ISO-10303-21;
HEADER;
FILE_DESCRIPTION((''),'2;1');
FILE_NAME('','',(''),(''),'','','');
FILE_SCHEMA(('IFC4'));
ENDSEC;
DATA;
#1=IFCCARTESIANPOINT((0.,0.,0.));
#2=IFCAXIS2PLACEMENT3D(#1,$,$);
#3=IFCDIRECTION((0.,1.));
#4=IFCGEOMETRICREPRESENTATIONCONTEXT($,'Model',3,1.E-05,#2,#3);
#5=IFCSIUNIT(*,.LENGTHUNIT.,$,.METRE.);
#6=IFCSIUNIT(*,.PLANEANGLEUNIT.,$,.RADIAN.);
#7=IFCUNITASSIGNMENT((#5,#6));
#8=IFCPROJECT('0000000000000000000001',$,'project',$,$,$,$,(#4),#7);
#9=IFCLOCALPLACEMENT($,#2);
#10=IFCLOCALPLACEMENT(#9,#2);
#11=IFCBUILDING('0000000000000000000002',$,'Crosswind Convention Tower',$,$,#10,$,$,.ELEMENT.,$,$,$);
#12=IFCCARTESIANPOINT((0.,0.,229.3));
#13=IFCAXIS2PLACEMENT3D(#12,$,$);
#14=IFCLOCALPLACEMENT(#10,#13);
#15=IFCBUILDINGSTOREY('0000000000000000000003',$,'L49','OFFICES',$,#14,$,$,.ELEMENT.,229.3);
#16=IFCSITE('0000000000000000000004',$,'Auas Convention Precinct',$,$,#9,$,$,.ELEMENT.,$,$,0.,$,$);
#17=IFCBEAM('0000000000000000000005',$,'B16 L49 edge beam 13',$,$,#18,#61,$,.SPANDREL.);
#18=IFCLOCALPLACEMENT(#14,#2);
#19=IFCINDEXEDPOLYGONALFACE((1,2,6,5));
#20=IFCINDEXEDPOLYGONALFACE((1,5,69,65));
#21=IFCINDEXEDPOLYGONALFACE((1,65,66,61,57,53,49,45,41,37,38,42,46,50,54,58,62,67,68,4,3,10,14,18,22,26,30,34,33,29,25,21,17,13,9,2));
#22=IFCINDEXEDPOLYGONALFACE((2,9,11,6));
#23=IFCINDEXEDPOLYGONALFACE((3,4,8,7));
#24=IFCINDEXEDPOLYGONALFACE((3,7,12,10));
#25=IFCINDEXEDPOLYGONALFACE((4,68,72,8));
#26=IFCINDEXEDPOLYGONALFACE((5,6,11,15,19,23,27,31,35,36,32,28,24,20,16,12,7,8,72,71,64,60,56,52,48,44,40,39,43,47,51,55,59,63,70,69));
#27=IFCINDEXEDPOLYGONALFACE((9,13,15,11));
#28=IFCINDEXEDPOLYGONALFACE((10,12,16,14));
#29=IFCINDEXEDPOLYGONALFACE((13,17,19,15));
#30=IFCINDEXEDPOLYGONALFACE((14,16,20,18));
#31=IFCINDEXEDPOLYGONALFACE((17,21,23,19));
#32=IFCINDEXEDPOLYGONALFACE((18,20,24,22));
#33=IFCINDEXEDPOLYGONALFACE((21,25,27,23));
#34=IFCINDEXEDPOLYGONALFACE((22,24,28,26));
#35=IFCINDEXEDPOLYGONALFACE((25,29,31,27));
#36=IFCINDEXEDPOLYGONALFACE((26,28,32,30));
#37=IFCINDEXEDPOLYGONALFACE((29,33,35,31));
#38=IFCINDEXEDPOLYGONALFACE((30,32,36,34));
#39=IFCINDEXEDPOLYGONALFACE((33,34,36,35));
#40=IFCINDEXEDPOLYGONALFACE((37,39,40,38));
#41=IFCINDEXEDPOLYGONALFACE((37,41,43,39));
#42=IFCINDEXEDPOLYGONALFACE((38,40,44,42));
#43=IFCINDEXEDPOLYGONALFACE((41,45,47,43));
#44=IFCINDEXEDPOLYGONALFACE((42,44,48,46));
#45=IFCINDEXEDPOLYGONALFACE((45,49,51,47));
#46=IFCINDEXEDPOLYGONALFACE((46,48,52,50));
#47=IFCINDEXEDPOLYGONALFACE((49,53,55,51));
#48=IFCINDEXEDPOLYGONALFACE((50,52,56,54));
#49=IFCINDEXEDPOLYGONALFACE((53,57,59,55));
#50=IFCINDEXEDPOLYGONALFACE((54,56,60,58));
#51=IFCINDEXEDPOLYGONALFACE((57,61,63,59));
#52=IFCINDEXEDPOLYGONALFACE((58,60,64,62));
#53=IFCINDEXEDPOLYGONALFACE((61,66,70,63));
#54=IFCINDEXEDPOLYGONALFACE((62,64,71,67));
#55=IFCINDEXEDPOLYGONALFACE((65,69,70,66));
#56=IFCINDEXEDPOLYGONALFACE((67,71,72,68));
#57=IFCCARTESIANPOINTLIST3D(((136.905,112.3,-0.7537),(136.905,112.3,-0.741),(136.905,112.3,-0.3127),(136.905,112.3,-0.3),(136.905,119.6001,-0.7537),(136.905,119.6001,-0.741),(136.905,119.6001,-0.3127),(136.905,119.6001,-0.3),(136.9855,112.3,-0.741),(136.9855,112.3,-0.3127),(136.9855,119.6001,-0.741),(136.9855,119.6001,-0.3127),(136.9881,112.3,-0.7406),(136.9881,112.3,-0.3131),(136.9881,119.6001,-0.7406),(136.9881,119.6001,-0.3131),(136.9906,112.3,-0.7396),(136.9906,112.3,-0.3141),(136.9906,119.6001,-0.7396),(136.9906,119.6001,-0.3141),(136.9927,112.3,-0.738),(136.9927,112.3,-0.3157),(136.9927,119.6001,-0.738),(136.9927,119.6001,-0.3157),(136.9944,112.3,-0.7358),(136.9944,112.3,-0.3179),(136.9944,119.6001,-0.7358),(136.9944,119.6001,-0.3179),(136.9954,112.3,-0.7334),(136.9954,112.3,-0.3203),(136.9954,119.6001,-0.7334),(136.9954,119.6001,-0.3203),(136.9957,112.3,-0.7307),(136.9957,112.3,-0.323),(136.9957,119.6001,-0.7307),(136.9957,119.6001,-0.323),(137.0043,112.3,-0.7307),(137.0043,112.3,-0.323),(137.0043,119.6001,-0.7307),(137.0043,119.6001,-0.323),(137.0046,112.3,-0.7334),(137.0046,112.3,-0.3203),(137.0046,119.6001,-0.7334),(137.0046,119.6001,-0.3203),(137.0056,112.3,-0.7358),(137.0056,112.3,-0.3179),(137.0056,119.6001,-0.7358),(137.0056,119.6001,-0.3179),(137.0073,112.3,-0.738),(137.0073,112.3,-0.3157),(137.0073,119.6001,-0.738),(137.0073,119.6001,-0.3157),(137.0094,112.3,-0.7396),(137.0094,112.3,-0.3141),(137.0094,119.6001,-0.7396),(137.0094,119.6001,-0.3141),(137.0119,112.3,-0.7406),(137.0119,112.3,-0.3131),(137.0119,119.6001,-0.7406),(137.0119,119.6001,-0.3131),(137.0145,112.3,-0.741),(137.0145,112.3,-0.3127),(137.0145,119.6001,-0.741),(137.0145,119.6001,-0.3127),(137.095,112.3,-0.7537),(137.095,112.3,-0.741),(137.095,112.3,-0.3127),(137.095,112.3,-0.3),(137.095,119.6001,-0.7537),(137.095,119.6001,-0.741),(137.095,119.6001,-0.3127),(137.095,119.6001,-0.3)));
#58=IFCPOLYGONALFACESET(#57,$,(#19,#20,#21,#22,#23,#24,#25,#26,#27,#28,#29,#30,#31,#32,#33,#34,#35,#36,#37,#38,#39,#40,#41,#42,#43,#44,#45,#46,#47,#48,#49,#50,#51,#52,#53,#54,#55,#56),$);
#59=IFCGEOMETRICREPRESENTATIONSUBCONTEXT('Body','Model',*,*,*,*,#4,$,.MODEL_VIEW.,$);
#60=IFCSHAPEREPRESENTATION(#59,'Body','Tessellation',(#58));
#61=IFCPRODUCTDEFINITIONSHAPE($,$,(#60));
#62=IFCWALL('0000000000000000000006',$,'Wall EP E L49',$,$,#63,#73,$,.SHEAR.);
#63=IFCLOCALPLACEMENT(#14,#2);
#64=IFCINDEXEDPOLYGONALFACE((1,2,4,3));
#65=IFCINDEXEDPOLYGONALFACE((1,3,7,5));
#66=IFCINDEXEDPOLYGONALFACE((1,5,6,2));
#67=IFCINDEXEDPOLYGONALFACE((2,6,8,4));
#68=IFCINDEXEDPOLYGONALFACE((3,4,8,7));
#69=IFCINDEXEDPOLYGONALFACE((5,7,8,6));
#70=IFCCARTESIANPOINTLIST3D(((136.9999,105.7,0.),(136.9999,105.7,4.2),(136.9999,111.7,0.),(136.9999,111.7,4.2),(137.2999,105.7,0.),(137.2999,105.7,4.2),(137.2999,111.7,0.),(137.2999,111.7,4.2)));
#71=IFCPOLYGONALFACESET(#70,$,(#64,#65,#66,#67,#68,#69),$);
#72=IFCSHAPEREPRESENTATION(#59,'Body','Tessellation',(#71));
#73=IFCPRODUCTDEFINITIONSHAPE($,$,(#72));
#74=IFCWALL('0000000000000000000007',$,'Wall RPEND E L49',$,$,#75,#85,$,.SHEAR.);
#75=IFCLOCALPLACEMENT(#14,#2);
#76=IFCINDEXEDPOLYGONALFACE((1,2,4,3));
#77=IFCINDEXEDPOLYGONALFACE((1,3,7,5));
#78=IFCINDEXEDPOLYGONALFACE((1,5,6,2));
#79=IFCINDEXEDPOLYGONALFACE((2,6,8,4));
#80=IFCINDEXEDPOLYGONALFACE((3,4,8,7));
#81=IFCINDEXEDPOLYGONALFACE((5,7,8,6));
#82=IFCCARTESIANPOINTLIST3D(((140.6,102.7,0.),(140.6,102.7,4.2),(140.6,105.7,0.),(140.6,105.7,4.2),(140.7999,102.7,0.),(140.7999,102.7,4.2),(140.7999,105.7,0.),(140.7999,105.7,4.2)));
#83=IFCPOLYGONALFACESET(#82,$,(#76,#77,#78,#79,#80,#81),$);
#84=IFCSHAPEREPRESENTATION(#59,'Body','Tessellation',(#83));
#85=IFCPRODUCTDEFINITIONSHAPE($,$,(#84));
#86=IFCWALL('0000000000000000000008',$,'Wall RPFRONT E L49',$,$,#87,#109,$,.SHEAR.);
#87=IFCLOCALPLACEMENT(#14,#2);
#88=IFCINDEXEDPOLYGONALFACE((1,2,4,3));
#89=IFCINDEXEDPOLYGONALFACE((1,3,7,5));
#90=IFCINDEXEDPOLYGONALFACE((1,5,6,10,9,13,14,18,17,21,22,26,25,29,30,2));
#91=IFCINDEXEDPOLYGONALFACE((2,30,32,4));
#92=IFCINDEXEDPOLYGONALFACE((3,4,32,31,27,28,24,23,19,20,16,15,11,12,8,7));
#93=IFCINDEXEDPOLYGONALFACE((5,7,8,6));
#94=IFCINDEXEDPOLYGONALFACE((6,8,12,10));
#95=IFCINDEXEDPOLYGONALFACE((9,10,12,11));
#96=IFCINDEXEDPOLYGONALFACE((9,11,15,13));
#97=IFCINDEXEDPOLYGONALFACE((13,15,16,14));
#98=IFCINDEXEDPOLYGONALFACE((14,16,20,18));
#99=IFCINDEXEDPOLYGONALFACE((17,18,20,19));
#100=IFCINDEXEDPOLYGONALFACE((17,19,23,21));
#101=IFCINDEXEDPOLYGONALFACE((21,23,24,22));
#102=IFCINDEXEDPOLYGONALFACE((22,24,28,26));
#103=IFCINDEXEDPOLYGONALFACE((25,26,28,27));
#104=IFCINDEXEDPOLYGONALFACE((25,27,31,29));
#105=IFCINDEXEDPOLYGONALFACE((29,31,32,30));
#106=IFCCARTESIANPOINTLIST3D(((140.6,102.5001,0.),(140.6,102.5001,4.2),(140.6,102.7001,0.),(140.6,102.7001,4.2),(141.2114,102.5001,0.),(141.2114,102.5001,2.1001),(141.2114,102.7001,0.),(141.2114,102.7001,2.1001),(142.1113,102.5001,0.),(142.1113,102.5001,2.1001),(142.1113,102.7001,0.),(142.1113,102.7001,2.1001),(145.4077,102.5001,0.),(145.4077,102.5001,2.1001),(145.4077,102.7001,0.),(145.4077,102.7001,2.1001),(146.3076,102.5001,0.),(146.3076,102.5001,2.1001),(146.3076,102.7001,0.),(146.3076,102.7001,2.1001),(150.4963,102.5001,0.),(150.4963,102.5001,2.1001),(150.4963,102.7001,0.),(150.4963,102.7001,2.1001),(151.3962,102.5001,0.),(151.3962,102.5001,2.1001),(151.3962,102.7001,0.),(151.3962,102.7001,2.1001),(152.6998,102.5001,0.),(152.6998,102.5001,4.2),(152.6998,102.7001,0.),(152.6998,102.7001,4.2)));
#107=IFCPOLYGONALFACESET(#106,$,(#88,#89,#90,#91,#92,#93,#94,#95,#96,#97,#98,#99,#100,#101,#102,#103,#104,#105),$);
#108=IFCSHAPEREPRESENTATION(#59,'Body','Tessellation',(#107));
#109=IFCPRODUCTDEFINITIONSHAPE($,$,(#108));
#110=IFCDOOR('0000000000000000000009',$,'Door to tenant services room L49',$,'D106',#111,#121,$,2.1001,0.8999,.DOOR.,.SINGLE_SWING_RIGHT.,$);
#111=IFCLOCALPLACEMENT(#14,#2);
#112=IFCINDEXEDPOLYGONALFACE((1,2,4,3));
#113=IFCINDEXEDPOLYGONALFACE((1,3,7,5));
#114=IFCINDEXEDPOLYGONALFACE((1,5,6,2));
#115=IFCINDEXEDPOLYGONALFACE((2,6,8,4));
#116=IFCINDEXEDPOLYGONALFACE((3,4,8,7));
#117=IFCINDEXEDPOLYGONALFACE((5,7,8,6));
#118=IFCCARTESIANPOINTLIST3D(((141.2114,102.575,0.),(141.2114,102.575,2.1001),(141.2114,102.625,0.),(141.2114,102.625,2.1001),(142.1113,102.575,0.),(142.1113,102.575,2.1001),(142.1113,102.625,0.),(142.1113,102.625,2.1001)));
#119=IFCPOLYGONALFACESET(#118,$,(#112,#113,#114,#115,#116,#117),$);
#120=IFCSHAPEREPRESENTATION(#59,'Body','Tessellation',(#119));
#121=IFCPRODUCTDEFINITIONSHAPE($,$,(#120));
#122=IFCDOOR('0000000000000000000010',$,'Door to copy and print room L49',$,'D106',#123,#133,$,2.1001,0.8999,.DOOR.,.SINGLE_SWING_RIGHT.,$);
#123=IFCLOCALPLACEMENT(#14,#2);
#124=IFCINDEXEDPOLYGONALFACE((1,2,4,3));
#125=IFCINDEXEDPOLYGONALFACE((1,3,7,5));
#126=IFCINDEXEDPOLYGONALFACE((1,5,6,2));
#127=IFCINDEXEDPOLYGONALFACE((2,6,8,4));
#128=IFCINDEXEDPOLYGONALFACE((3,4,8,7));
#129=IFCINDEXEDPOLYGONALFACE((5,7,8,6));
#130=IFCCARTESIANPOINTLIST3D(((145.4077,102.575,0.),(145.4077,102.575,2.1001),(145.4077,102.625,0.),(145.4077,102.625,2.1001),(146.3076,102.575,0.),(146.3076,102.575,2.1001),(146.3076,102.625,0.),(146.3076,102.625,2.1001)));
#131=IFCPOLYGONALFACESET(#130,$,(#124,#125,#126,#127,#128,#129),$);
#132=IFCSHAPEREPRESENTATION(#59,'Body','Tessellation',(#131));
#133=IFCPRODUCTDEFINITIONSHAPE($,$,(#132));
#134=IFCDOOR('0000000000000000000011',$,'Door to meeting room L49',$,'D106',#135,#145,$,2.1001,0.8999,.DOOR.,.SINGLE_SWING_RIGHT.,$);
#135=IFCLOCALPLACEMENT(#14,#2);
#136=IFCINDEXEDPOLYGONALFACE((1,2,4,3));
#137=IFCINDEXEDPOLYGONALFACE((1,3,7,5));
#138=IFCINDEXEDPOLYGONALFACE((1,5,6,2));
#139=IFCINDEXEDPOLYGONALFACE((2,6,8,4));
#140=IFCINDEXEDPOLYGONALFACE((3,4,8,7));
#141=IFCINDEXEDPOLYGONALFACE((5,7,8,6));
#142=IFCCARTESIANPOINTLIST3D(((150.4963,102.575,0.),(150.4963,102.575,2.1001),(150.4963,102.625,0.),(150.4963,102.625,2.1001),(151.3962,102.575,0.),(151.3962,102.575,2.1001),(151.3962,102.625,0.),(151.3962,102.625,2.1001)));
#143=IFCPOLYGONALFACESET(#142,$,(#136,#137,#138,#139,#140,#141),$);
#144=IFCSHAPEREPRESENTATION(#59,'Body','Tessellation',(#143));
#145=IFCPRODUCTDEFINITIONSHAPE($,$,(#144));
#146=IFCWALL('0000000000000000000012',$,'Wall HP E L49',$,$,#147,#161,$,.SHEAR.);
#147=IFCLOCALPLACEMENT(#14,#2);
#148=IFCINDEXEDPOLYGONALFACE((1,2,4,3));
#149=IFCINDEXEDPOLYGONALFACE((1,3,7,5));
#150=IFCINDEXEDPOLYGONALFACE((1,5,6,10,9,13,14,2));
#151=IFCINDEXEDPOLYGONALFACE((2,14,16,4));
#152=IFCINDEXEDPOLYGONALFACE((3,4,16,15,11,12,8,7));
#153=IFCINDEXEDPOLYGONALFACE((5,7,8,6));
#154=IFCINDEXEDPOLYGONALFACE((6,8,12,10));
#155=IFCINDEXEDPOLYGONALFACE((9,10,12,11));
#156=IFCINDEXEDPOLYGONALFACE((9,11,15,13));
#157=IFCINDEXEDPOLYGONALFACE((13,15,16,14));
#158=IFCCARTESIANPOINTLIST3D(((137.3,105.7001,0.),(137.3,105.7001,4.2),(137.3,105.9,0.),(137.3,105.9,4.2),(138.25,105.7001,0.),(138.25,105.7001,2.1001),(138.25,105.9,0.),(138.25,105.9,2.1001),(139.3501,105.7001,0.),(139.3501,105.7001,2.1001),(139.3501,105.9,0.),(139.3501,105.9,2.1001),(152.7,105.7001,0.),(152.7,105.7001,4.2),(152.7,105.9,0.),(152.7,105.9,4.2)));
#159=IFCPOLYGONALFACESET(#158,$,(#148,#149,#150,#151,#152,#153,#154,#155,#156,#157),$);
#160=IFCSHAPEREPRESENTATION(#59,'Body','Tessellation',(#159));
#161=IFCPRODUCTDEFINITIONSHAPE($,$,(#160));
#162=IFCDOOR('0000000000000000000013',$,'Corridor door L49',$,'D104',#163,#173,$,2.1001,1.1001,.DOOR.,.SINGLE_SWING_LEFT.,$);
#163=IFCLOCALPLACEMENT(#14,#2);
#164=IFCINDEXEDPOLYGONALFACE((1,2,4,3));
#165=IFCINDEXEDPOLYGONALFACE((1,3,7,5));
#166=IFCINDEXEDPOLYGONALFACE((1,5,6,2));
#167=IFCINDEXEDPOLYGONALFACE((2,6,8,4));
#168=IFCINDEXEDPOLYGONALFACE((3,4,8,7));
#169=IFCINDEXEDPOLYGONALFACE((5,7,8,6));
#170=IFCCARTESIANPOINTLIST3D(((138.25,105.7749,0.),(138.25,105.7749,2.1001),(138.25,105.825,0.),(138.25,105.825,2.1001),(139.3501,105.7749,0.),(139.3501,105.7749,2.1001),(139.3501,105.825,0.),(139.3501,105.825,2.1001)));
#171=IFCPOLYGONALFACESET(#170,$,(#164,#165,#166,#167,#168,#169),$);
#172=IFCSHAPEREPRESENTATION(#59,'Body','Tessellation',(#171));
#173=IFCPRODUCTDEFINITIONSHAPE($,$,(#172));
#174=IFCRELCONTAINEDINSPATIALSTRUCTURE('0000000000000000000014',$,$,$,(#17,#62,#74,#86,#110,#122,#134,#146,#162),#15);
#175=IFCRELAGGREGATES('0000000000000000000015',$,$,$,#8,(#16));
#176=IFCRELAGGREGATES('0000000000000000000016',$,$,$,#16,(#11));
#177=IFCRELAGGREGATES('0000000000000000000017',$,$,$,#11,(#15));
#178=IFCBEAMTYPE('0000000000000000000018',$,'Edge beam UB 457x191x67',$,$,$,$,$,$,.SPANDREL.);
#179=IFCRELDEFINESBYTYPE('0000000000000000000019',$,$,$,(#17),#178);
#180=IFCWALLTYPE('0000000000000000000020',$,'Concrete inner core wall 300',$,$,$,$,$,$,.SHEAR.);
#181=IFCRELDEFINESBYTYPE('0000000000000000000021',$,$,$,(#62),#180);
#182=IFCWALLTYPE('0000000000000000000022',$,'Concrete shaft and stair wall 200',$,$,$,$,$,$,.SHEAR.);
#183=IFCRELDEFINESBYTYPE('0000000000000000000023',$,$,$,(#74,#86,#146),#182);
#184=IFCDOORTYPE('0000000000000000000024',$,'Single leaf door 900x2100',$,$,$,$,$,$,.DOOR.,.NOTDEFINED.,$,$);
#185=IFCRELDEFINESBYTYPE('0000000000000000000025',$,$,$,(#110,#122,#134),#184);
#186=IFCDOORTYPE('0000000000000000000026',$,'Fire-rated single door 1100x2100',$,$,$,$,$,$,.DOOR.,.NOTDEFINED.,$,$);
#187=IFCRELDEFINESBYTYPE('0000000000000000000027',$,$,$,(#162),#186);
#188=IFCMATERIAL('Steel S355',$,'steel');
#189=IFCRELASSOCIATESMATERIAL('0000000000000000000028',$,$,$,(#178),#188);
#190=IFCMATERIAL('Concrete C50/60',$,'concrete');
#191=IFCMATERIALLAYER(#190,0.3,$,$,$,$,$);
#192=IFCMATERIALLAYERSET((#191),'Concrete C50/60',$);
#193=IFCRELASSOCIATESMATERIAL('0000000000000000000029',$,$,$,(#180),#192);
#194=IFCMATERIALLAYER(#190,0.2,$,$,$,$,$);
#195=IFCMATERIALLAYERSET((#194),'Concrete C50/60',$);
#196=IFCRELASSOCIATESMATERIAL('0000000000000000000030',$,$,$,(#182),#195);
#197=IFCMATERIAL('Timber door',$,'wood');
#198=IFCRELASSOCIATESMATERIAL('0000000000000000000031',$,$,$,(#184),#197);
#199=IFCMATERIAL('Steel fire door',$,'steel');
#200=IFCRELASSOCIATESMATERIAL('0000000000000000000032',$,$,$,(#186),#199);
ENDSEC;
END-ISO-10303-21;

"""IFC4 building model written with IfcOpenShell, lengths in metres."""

from ifc_helpers import new_model, si_unit, direction, frame, frame_2d, origin, origin_2d, place, context, subcontext, project, spatial, rectangle, i_section, extrude, material, layer, layer_set, material_profile, profile_set, type_object, element, fill, save


model = new_model("IFC4")

# Units and contexts
model_context = context("Model", 3, precision=1e-05, world=origin(), true_north=direction((0.0, 1.0)))
body_context = subcontext(model_context, "Body", "Model", "MODEL_VIEW")
ifc_project = project(units=[si_unit("LENGTHUNIT", "METRE"), si_unit("PLANEANGLEUNIT", "RADIAN")], contexts=[model_context])

# Site, building, storey
site_placement = place(None, origin())
site = spatial("IfcSite", under=ifc_project, at=site_placement, Name="Auas Convention Precinct", CompositionType="ELEMENT", RefElevation=0.0)
building_placement = place(site_placement, origin())
building = spatial("IfcBuilding", under=site, at=building_placement, Name="Crosswind Convention Tower", CompositionType="ELEMENT")
storey_placement = place(building_placement, frame((0.0, 0.0, 229.3)))
storey = spatial("IfcBuildingStorey", under=building, at=storey_placement, Name="L49", Description="OFFICES", CompositionType="ELEMENT", Elevation=229.3)

# Beam
ifc_material_1 = material(Name="Steel S355", Category="steel")
ifc_material_profile = material_profile(ifc_material_1, i_section(OverallWidth=0.1899, OverallDepth=0.4536, WebThickness=0.0085, FlangeThickness=0.0127, FilletRadius=0.0103, at=origin_2d()), Name="UB 457x191x67")
ifc_profile_set = profile_set([ifc_material_profile], Name="Steel S355")
beam_type = type_object("IfcBeamType", Name="Edge beam UB 457x191x67", PredefinedType="SPANDREL", material=ifc_profile_set)
beam_placement = place(storey_placement, frame((137.0, 112.3, -0.5269), z_axis=(0.0, 1.0, 0.0), x_axis=(-1.0, 0.0, 0.0)))
element("IfcBeam", 1, at=beam_placement, inside=storey, type_object=beam_type, Name="B16 L49 edge beam 13", PredefinedType="SPANDREL", context=body_context, shape_type="SweptSolid", body=[
    extrude(i_section(OverallWidth=0.1899, OverallDepth=0.4536, WebThickness=0.0085, FlangeThickness=0.0127, FilletRadius=0.0103, at=origin_2d()), origin(), (0.0, 0.0, 1.0), 7.3),
])

# Walls
ifc_material_2 = material(Name="Concrete C50/60", Category="concrete")
ifc_layer_1 = layer(ifc_material_2, 0.3)
ifc_layer_set_1 = layer_set([ifc_layer_1], Name="Concrete C50/60")
wall_type_1 = type_object("IfcWallType", Name="Concrete inner core wall 300", PredefinedType="SHEAR", material=ifc_layer_set_1)
wall_1_placement = place(storey_placement, frame((137.1499, 105.7, 0.0), z_axis=(0.0, 0.0, 1.0), x_axis=(0.0, 1.0, 0.0)))
element("IfcWall", 2, at=wall_1_placement, inside=storey, type_object=wall_type_1, Name="Wall EP E L49", PredefinedType="SHEAR", context=body_context, shape_type="SweptSolid", body=[
    extrude(rectangle(XDim=6.0, YDim=0.3, at=frame_2d((3.0, 0.0))), origin(), (0.0, 0.0, 1.0), 4.2),
])
ifc_layer_2 = layer(ifc_material_2, 0.2)
ifc_layer_set_2 = layer_set([ifc_layer_2], Name="Concrete C50/60")
wall_type_2 = type_object("IfcWallType", Name="Concrete shaft and stair wall 200", PredefinedType="SHEAR", material=ifc_layer_set_2)
wall_2_placement = place(storey_placement, frame((140.7, 102.7, 0.0), z_axis=(0.0, 0.0, 1.0), x_axis=(0.0, 1.0, 0.0)))
element("IfcWall", 3, at=wall_2_placement, inside=storey, type_object=wall_type_2, Name="Wall RPEND E L49", PredefinedType="SHEAR", context=body_context, shape_type="SweptSolid", body=[
    extrude(rectangle(XDim=3.0, YDim=0.2, at=frame_2d((1.5, 0.0))), origin(), (0.0, 0.0, 1.0), 4.2),
])

# Wall, openings, doors
wall_3_placement = place(storey_placement, frame((140.6001, 102.6001, 0.0), z_axis=(0.0, 0.0, 1.0), x_axis=(1.0, 0.0, 0.0)))
wall_3 = element("IfcWall", 4, at=wall_3_placement, inside=storey, type_object=wall_type_2, Name="Wall RPFRONT E L49", PredefinedType="SHEAR", context=body_context, shape_type="SweptSolid", body=[
    extrude(rectangle(XDim=12.0999, YDim=0.2, at=frame_2d((6.0498, 0.0))), origin(), (0.0, 0.0, 1.0), 4.2),
])
opening_1_placement = place(wall_3_placement, frame((0.6113, 0.0, 0.0)))
opening_1 = element("IfcOpeningElement", 5, at=opening_1_placement, cuts=wall_3, PredefinedType="OPENING", context=body_context, shape_type="SweptSolid", body=[
    extrude(rectangle(XDim=0.8999, YDim=2.1001, at=frame_2d((0.45, 1.05))), frame((0.0, 0.1099, 0.0), z_axis=(0.0, -1.0, 0.0), x_axis=(1.0, 0.0, 0.0)), (0.0, 0.0, 1.0), 0.22),
])
opening_2_placement = place(wall_3_placement, frame((4.8076, 0.0, 0.0)))
opening_2 = element("IfcOpeningElement", 6, at=opening_2_placement, cuts=wall_3, PredefinedType="OPENING", context=body_context, shape_type="SweptSolid", body=[
    extrude(rectangle(XDim=0.8999, YDim=2.1001, at=frame_2d((0.45, 1.05))), frame((0.0, 0.1099, 0.0), z_axis=(0.0, -1.0, 0.0), x_axis=(1.0, 0.0, 0.0)), (0.0, 0.0, 1.0), 0.22),
])
opening_3_placement = place(wall_3_placement, frame((9.8962, 0.0, 0.0)))
opening_3 = element("IfcOpeningElement", 7, at=opening_3_placement, cuts=wall_3, PredefinedType="OPENING", context=body_context, shape_type="SweptSolid", body=[
    extrude(rectangle(XDim=0.8999, YDim=2.1001, at=frame_2d((0.45, 1.05))), frame((0.0, 0.1099, 0.0), z_axis=(0.0, -1.0, 0.0), x_axis=(1.0, 0.0, 0.0)), (0.0, 0.0, 1.0), 0.22),
])
ifc_material_3 = material(Name="Timber door", Category="wood")
door_type_1 = type_object("IfcDoorType", Name="Single leaf door 900x2100", OperationType="NOTDEFINED", PredefinedType="DOOR", material=ifc_material_3)
door_1_placement = place(opening_1_placement, origin())
door_1 = element("IfcDoor", 8, at=door_1_placement, inside=storey, type_object=door_type_1, Name="Door to tenant services room L49", ObjectType="D106", OperationType="SINGLE_SWING_RIGHT", OverallHeight=2.1001, OverallWidth=0.8999, PredefinedType="DOOR", context=body_context, shape_type="SweptSolid", body=[
    extrude(rectangle(XDim=0.8999, YDim=2.1001, at=frame_2d((0.45, 1.05))), frame((0.0, 0.0249, 0.0), z_axis=(0.0, -1.0, 0.0), x_axis=(1.0, 0.0, 0.0)), (0.0, 0.0, 1.0), 0.05),
])
fill(opening_1, door_1)
door_2_placement = place(opening_2_placement, origin())
door_2 = element("IfcDoor", 9, at=door_2_placement, inside=storey, type_object=door_type_1, Name="Door to copy and print room L49", ObjectType="D106", OperationType="SINGLE_SWING_RIGHT", OverallHeight=2.1001, OverallWidth=0.8999, PredefinedType="DOOR", context=body_context, shape_type="SweptSolid", body=[
    extrude(rectangle(XDim=0.8999, YDim=2.1001, at=frame_2d((0.45, 1.05))), frame((0.0, 0.0249, 0.0), z_axis=(0.0, -1.0, 0.0), x_axis=(1.0, 0.0, 0.0)), (0.0, 0.0, 1.0), 0.05),
])
fill(opening_2, door_2)
door_3_placement = place(opening_3_placement, origin())
door_3 = element("IfcDoor", 10, at=door_3_placement, inside=storey, type_object=door_type_1, Name="Door to meeting room L49", ObjectType="D106", OperationType="SINGLE_SWING_RIGHT", OverallHeight=2.1001, OverallWidth=0.8999, PredefinedType="DOOR", context=body_context, shape_type="SweptSolid", body=[
    extrude(rectangle(XDim=0.8999, YDim=2.1001, at=frame_2d((0.45, 1.05))), frame((0.0, 0.0249, 0.0), z_axis=(0.0, -1.0, 0.0), x_axis=(1.0, 0.0, 0.0)), (0.0, 0.0, 1.0), 0.05),
])
fill(opening_3, door_3)

# Wall, opening, door
wall_4_placement = place(storey_placement, frame((137.3, 105.8, 0.0), z_axis=(0.0, 0.0, 1.0), x_axis=(1.0, 0.0, 0.0)))
wall_4 = element("IfcWall", 11, at=wall_4_placement, inside=storey, type_object=wall_type_2, Name="Wall HP E L49", PredefinedType="SHEAR", context=body_context, shape_type="SweptSolid", body=[
    extrude(rectangle(XDim=15.3999, YDim=0.2, at=frame_2d((7.7, 0.0))), origin(), (0.0, 0.0, 1.0), 4.2),
])
opening_4_placement = place(wall_4_placement, frame((0.95, 0.0, 0.0)))
opening_4 = element("IfcOpeningElement", 12, at=opening_4_placement, cuts=wall_4, PredefinedType="OPENING", context=body_context, shape_type="SweptSolid", body=[
    extrude(rectangle(XDim=1.1001, YDim=2.1001, at=frame_2d((0.55, 1.05))), frame((0.0, 0.1099, 0.0), z_axis=(0.0, -1.0, 0.0), x_axis=(1.0, 0.0, 0.0)), (0.0, 0.0, 1.0), 0.22),
])
ifc_material_4 = material(Name="Steel fire door", Category="steel")
door_type_2 = type_object("IfcDoorType", Name="Fire-rated single door 1100x2100", OperationType="NOTDEFINED", PredefinedType="DOOR", material=ifc_material_4)
door_4_placement = place(opening_4_placement, origin())
door_4 = element("IfcDoor", 13, at=door_4_placement, inside=storey, type_object=door_type_2, Name="Corridor door L49", ObjectType="D104", OperationType="SINGLE_SWING_LEFT", OverallHeight=2.1001, OverallWidth=1.1001, PredefinedType="DOOR", context=body_context, shape_type="SweptSolid", body=[
    extrude(rectangle(XDim=1.1001, YDim=2.1001, at=frame_2d((0.55, 1.05))), frame((0.0, 0.0249, 0.0), z_axis=(0.0, -1.0, 0.0), x_axis=(1.0, 0.0, 0.0)), (0.0, 0.0, 1.0), 0.05),
])
fill(opening_4, door_4)

save(model, "model.ifc")
